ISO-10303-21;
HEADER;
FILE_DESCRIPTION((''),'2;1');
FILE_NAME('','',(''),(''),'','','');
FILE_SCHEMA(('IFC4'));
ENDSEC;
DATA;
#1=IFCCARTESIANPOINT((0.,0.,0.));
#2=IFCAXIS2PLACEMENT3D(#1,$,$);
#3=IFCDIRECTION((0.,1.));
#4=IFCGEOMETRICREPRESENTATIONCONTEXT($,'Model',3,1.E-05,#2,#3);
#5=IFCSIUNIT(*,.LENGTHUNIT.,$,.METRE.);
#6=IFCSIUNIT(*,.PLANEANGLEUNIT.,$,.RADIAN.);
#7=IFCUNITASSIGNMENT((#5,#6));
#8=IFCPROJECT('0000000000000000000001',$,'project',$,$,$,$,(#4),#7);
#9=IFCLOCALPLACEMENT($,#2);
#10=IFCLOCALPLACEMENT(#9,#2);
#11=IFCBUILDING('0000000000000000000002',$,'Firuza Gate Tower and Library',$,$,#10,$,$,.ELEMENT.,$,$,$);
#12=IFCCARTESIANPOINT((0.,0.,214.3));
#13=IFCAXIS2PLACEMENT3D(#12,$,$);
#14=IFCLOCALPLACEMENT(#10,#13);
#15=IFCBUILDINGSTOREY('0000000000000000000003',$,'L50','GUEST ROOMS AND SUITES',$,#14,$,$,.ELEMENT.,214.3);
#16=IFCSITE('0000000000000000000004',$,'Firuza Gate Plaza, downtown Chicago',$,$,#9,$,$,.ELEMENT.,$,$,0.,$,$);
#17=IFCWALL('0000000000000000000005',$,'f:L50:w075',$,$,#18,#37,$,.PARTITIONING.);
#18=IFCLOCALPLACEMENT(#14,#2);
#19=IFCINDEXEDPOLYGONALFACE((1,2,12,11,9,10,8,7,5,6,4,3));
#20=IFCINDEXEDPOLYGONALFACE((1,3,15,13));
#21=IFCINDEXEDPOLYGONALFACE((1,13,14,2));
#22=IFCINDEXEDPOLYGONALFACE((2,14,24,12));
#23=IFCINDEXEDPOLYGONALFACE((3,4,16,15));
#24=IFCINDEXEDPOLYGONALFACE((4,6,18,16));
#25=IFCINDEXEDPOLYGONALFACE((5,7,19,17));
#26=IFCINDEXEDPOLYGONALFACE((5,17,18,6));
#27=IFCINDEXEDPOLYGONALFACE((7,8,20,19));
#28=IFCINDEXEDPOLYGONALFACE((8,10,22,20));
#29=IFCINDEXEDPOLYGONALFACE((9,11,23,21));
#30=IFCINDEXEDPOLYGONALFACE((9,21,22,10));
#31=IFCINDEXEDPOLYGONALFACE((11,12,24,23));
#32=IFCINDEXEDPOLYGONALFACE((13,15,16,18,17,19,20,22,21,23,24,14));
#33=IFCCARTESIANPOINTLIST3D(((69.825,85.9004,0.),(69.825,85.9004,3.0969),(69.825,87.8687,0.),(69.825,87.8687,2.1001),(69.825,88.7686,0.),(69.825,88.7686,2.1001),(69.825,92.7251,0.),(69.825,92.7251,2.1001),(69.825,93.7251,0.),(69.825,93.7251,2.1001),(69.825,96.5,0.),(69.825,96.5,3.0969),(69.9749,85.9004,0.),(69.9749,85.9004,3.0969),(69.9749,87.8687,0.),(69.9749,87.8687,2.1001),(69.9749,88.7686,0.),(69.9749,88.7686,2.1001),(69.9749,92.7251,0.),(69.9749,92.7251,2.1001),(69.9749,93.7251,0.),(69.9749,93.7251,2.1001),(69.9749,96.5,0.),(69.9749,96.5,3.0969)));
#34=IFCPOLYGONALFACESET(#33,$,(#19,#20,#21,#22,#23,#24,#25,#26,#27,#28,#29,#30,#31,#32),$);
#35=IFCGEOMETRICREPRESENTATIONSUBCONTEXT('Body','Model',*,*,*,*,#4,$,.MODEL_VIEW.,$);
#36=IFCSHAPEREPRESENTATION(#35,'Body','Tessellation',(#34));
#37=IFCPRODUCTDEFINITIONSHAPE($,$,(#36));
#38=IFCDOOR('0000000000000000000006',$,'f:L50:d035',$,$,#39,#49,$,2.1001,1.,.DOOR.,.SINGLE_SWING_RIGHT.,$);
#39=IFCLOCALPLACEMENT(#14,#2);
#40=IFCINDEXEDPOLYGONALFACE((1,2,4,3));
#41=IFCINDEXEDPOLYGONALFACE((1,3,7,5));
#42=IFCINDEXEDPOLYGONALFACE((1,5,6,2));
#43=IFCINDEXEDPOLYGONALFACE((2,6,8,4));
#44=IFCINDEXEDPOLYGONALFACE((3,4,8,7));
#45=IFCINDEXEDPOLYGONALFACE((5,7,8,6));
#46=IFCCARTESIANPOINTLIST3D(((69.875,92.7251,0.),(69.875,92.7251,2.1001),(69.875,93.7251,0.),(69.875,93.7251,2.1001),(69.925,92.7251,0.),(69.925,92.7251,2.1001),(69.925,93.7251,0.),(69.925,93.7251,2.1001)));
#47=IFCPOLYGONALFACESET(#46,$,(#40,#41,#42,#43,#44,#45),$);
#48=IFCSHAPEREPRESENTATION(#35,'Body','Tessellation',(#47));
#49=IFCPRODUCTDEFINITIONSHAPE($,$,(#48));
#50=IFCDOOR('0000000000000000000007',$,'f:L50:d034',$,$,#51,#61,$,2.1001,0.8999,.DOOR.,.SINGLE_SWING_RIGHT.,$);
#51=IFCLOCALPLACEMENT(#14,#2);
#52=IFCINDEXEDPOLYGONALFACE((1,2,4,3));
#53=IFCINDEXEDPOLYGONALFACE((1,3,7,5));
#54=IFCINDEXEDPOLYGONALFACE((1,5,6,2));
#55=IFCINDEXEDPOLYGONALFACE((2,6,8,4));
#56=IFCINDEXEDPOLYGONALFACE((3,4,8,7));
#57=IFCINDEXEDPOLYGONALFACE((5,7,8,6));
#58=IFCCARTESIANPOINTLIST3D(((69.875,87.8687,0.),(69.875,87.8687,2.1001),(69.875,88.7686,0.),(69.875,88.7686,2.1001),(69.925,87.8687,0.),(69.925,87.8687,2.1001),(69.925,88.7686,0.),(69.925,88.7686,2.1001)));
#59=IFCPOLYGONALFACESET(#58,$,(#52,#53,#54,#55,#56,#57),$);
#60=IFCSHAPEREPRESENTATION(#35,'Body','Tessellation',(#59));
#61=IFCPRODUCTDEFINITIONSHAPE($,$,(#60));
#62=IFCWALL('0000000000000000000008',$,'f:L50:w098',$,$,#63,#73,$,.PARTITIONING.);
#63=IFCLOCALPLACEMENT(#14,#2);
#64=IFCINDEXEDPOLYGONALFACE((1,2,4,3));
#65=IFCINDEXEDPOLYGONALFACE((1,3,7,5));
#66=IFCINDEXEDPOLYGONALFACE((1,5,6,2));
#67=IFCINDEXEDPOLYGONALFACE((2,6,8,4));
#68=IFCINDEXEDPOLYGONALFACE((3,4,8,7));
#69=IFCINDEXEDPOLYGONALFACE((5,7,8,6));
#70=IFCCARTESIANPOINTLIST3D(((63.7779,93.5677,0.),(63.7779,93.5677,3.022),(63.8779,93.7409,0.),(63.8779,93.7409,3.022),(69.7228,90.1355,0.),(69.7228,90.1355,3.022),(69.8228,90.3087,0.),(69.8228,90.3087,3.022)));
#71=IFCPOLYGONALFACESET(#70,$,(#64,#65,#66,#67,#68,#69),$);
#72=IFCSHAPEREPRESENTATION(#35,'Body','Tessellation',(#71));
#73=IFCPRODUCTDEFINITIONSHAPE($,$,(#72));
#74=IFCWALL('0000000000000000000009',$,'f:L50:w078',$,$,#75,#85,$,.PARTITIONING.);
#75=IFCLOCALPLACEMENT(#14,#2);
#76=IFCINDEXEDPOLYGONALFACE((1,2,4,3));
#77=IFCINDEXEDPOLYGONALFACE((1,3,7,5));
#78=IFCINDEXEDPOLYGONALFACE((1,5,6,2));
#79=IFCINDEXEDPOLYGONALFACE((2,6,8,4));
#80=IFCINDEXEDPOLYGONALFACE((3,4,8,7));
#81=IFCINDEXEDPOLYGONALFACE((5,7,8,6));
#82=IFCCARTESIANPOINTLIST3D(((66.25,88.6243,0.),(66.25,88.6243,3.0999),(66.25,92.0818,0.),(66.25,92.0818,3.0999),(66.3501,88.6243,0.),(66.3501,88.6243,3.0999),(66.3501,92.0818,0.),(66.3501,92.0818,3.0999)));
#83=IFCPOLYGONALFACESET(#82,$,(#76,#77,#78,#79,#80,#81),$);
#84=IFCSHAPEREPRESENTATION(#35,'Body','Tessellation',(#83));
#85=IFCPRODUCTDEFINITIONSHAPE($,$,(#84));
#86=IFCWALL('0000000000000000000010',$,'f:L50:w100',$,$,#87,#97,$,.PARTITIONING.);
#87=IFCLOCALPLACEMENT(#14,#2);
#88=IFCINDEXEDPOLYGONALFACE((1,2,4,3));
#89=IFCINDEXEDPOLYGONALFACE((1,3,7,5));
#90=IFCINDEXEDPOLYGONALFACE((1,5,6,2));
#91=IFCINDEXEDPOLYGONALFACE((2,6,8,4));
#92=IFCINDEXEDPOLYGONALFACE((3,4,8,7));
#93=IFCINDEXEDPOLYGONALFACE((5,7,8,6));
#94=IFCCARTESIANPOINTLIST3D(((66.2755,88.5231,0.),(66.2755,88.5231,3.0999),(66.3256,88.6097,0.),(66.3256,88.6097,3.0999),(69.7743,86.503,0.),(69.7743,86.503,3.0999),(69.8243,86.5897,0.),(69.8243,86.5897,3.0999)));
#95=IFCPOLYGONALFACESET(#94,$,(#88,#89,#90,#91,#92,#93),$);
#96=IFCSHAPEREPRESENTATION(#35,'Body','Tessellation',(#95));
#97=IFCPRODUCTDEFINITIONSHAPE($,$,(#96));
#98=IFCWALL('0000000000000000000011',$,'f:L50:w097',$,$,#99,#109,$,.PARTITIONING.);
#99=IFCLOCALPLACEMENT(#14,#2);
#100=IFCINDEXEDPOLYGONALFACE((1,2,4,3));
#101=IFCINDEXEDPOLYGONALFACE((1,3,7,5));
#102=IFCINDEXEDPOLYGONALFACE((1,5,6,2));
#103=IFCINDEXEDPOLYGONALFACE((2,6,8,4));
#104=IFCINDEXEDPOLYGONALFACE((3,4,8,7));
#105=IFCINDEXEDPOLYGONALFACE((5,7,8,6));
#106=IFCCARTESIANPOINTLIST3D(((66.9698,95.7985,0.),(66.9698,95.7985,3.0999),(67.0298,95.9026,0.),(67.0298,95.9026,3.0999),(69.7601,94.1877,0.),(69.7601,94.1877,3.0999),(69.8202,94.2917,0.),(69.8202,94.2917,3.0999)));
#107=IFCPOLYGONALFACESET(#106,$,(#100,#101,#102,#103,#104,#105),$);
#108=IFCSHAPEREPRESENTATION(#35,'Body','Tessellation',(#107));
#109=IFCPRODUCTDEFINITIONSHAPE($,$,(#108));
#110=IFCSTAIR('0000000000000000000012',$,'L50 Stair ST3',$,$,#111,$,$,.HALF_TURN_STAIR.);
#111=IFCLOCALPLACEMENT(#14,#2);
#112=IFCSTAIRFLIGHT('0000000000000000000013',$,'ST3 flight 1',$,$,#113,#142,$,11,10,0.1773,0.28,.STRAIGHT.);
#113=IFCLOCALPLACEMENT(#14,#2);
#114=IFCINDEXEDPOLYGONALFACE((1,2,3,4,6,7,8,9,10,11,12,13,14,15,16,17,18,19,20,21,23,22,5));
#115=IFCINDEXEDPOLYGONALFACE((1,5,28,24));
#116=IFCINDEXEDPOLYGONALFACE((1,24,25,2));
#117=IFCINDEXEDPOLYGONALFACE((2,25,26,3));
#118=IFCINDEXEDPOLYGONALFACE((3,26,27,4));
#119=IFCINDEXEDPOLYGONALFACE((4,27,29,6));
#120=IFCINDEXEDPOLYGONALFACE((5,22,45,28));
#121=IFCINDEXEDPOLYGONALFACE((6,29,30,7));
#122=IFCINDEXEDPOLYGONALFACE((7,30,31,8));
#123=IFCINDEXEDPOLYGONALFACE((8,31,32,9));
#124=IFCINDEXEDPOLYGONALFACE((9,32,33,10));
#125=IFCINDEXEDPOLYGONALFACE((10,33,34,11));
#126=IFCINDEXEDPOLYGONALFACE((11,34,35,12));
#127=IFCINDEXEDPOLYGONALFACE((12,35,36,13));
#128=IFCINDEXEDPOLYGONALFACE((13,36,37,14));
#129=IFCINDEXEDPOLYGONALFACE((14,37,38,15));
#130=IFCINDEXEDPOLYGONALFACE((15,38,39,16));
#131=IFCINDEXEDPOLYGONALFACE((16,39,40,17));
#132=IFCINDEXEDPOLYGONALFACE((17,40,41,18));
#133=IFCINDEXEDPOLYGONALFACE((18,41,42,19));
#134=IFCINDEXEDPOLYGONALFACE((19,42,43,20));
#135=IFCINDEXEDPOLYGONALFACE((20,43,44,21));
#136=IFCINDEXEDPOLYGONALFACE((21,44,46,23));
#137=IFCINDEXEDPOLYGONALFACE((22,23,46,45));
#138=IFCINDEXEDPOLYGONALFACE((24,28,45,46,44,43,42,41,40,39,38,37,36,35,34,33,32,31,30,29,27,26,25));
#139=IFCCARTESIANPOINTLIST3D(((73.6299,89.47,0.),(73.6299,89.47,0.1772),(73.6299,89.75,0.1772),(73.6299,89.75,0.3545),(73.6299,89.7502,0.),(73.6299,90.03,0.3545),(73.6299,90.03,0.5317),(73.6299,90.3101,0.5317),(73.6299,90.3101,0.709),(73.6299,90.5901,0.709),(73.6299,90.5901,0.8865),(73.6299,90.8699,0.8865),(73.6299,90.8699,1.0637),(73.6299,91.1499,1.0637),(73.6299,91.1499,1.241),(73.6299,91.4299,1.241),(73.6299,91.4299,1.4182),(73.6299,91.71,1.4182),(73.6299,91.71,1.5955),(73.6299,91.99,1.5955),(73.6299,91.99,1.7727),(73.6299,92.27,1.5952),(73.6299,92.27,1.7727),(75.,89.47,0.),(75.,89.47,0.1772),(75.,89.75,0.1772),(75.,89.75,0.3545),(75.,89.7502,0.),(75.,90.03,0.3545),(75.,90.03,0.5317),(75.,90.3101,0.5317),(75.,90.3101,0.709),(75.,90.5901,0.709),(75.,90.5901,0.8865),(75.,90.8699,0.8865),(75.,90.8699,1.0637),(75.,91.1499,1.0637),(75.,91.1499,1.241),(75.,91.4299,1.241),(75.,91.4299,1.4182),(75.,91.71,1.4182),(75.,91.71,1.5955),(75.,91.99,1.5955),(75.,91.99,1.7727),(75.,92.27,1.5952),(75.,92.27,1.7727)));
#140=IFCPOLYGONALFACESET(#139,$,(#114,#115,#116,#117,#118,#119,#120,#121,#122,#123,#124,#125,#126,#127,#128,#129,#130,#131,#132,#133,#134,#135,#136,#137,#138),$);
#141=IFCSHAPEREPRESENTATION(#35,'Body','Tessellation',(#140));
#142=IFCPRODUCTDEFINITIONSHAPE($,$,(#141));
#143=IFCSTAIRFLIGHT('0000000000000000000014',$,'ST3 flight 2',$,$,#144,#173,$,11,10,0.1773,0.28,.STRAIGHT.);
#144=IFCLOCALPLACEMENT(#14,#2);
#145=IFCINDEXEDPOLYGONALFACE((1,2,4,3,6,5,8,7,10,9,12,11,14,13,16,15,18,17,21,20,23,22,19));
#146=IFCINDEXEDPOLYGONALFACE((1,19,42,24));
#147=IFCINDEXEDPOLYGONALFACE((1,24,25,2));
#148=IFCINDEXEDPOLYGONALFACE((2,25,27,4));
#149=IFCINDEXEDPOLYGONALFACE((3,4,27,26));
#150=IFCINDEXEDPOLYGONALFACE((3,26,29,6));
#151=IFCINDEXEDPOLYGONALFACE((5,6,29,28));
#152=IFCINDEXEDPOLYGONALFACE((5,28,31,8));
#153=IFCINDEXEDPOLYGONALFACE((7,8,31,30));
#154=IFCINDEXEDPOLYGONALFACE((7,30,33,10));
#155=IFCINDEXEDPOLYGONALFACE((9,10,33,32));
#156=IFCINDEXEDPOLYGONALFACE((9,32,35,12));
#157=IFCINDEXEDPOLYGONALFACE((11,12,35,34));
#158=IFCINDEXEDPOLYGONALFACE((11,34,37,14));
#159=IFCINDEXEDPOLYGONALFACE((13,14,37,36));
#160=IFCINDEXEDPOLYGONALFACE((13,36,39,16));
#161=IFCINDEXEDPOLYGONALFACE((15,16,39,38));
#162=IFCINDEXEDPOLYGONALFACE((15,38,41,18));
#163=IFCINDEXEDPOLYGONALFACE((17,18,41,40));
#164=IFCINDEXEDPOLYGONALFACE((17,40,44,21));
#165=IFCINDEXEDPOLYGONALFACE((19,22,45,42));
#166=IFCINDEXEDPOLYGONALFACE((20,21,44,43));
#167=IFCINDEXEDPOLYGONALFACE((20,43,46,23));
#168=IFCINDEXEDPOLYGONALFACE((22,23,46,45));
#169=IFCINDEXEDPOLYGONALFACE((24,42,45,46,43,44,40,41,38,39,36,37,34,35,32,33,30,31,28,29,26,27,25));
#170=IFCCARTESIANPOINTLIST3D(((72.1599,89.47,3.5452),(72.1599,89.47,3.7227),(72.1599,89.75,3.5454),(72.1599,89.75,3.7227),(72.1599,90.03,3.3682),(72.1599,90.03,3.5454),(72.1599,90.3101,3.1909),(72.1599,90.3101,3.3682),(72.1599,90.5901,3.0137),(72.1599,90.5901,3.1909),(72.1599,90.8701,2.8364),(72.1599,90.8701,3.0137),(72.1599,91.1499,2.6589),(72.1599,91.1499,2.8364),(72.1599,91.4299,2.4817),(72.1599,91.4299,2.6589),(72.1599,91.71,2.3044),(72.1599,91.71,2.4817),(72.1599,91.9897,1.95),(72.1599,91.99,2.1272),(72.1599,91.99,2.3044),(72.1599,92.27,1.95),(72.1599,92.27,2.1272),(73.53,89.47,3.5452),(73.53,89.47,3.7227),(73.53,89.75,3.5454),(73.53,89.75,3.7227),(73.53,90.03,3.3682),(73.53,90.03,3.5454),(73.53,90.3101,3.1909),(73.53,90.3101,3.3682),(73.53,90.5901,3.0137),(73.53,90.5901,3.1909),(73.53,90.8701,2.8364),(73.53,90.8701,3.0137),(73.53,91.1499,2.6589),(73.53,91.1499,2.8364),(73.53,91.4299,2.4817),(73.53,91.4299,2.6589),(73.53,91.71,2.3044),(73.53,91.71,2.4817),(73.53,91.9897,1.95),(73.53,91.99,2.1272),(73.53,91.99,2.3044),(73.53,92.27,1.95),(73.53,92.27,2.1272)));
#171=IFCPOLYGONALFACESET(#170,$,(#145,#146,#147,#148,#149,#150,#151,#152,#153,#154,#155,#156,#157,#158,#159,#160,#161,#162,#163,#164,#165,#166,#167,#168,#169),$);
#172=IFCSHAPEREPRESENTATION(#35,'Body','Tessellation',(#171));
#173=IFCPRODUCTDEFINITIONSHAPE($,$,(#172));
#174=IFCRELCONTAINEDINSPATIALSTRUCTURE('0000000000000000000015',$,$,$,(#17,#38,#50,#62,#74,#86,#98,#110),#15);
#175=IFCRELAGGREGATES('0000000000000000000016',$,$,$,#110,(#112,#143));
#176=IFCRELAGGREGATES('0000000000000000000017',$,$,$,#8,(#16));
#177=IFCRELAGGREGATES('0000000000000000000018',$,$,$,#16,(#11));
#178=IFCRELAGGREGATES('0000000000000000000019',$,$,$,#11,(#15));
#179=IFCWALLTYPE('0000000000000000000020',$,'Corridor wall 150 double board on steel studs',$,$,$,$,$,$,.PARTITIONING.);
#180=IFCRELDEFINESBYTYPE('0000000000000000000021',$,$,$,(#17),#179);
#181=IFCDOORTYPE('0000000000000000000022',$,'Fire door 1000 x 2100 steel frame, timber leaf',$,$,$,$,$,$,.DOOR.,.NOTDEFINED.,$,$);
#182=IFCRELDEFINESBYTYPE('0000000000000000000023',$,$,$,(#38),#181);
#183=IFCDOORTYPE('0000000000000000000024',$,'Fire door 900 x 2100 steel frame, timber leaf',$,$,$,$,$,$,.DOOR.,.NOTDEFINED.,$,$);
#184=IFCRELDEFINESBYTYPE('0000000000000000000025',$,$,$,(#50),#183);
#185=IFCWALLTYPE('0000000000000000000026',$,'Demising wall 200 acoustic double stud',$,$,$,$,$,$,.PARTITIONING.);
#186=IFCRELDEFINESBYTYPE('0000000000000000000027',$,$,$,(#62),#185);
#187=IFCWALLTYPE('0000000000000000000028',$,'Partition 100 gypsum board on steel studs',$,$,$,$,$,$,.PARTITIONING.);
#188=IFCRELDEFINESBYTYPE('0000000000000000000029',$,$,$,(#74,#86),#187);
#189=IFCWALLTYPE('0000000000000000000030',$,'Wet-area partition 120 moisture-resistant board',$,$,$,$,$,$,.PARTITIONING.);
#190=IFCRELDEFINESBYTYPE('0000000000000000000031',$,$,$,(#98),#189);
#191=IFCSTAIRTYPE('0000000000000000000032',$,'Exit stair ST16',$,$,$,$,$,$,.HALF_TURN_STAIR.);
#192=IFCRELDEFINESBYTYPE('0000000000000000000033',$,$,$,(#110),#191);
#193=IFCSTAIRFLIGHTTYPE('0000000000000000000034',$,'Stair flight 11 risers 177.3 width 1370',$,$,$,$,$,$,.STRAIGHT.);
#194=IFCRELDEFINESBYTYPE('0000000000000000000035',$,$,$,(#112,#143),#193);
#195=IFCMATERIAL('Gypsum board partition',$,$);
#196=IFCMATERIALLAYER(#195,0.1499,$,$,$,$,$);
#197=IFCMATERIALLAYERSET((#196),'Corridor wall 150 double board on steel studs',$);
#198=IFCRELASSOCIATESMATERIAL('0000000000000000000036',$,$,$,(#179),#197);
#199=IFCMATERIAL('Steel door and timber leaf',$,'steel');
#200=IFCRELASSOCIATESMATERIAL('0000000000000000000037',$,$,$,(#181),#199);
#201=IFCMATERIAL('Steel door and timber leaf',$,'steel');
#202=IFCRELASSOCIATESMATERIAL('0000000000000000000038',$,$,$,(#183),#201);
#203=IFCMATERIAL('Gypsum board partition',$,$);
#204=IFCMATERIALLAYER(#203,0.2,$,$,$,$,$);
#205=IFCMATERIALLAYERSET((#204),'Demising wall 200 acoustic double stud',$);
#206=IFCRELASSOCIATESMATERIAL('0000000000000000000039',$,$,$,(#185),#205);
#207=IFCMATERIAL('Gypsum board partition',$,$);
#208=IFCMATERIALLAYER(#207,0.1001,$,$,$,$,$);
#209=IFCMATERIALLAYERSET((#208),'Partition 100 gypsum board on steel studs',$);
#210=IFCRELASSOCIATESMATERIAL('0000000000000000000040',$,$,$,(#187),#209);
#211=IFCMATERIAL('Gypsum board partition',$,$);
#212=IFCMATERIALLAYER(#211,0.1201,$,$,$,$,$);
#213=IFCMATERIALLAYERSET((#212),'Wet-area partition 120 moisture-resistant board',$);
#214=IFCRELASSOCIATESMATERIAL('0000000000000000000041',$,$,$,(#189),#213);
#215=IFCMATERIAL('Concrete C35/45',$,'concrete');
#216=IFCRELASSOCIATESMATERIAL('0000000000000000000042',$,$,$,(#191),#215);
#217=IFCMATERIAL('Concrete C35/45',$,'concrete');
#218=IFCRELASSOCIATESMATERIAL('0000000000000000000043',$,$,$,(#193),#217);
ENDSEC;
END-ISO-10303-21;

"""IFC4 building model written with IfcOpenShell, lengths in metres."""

from ifc_helpers import new_model, si_unit, direction, frame, frame_2d, origin, place, context, subcontext, project, spatial, polyline, rectangle, outline, extrude, material, layer, layer_set, type_object, element, fill, aggregate, save


model = new_model("IFC4")

# Units and contexts
model_context = context("Model", 3, precision=1e-05, world=origin(), true_north=direction((0.0, 1.0)))
body_context = subcontext(model_context, "Body", "Model", "MODEL_VIEW")
ifc_project = project(units=[si_unit("LENGTHUNIT", "METRE"), si_unit("PLANEANGLEUNIT", "RADIAN")], contexts=[model_context])

# Site, building, storey
site_placement = place(None, origin())
site = spatial("IfcSite", under=ifc_project, at=site_placement, Name="Firuza Gate Plaza, downtown Chicago", CompositionType="ELEMENT", RefElevation=0.0)
building_placement = place(site_placement, origin())
building = spatial("IfcBuilding", under=site, at=building_placement, Name="Firuza Gate Tower and Library", CompositionType="ELEMENT")
storey_placement = place(building_placement, frame((0.0, 0.0, 214.3)))
storey = spatial("IfcBuildingStorey", under=building, at=storey_placement, Name="L50", Description="GUEST ROOMS AND SUITES", CompositionType="ELEMENT", Elevation=214.3)

# Wall, openings, doors
ifc_material_1 = material(Name="Gypsum board partition")
ifc_layer_1 = layer(ifc_material_1, 0.1499)
ifc_layer_set_1 = layer_set([ifc_layer_1], Name="Corridor wall 150 double board on steel studs")
wall_type_1 = type_object("IfcWallType", Name="Corridor wall 150 double board on steel studs", PredefinedType="PARTITIONING", material=ifc_layer_set_1)
wall_1_placement = place(storey_placement, frame((69.8999, 85.9004, 0.0), z_axis=(0.0, 0.0, 1.0), x_axis=(0.0, 1.0, 0.0)))
wall_1 = element("IfcWall", 1, at=wall_1_placement, inside=storey, type_object=wall_type_1, Name="f:L50:w075", PredefinedType="PARTITIONING", context=body_context, shape_type="SweptSolid", body=[
    extrude(rectangle(XDim=10.5996, YDim=0.1499, at=frame_2d((5.2998, 0.0))), origin(), (0.0, 0.0, 1.0), 3.0969),
])
opening_1_placement = place(wall_1_placement, frame((1.9683, 0.0, 0.0)))
opening_1 = element("IfcOpeningElement", 2, at=opening_1_placement, cuts=wall_1, PredefinedType="OPENING", context=body_context, shape_type="SweptSolid", body=[
    extrude(rectangle(XDim=0.8999, YDim=2.1001, at=frame_2d((0.45, 1.05))), frame((0.0, 0.085, 0.0), z_axis=(0.0, -1.0, 0.0), x_axis=(1.0, 0.0, 0.0)), (0.0, 0.0, 1.0), 0.1699),
])
opening_2_placement = place(wall_1_placement, frame((6.8247, 0.0, 0.0)))
opening_2 = element("IfcOpeningElement", 3, at=opening_2_placement, cuts=wall_1, PredefinedType="OPENING", context=body_context, shape_type="SweptSolid", body=[
    extrude(rectangle(XDim=1.0, YDim=2.1001, at=frame_2d((0.5, 1.05))), frame((0.0, 0.085, 0.0), z_axis=(0.0, -1.0, 0.0), x_axis=(1.0, 0.0, 0.0)), (0.0, 0.0, 1.0), 0.1699),
])
ifc_material_2 = material(Name="Steel door and timber leaf", Category="steel")
door_type_1 = type_object("IfcDoorType", Name="Fire door 1000 x 2100 steel frame, timber leaf", OperationType="NOTDEFINED", PredefinedType="DOOR", material=ifc_material_2)
door_1_placement = place(opening_2_placement, origin())
door_1 = element("IfcDoor", 4, at=door_1_placement, inside=storey, type_object=door_type_1, Name="f:L50:d035", OperationType="SINGLE_SWING_RIGHT", OverallHeight=2.1001, OverallWidth=1.0, PredefinedType="DOOR", context=body_context, shape_type="SweptSolid", body=[
    extrude(rectangle(XDim=1.0, YDim=2.1001, at=frame_2d((0.5, 1.05))), frame((0.0, 0.0249, 0.0), z_axis=(0.0, -1.0, 0.0), x_axis=(1.0, 0.0, 0.0)), (0.0, 0.0, 1.0), 0.05),
])
fill(opening_2, door_1)
ifc_material_3 = material(Name="Steel door and timber leaf", Category="steel")
door_type_2 = type_object("IfcDoorType", Name="Fire door 900 x 2100 steel frame, timber leaf", OperationType="NOTDEFINED", PredefinedType="DOOR", material=ifc_material_3)
door_2_placement = place(opening_1_placement, origin())
door_2 = element("IfcDoor", 5, at=door_2_placement, inside=storey, type_object=door_type_2, Name="f:L50:d034", OperationType="SINGLE_SWING_RIGHT", OverallHeight=2.1001, OverallWidth=0.8999, PredefinedType="DOOR", context=body_context, shape_type="SweptSolid", body=[
    extrude(rectangle(XDim=0.8999, YDim=2.1001, at=frame_2d((0.45, 1.05))), frame((0.0, 0.0249, 0.0), z_axis=(0.0, -1.0, 0.0), x_axis=(1.0, 0.0, 0.0)), (0.0, 0.0, 1.0), 0.05),
])
fill(opening_1, door_2)

# Walls
ifc_material_4 = material(Name="Gypsum board partition")
ifc_layer_2 = layer(ifc_material_4, 0.2)
ifc_layer_set_2 = layer_set([ifc_layer_2], Name="Demising wall 200 acoustic double stud")
wall_type_2 = type_object("IfcWallType", Name="Demising wall 200 acoustic double stud", PredefinedType="PARTITIONING", material=ifc_layer_set_2)
wall_2_placement = place(storey_placement, frame((69.7727, 90.2222, 0.0), z_axis=(0.0, 0.0, 1.0), x_axis=(-0.866033, 0.499987, 0.0)))
element("IfcWall", 6, at=wall_2_placement, inside=storey, type_object=wall_type_2, Name="f:L50:w098", PredefinedType="PARTITIONING", context=body_context, shape_type="SweptSolid", body=[
    extrude(rectangle(XDim=6.8645, YDim=0.2, at=frame_2d((3.4321, 0.0))), origin(), (0.0, 0.0, 1.0), 3.022),
])
ifc_material_5 = material(Name="Gypsum board partition")
ifc_layer_3 = layer(ifc_material_5, 0.1001)
ifc_layer_set_3 = layer_set([ifc_layer_3], Name="Partition 100 gypsum board on steel studs")
wall_type_3 = type_object("IfcWallType", Name="Partition 100 gypsum board on steel studs", PredefinedType="PARTITIONING", material=ifc_layer_set_3)
wall_3_placement = place(storey_placement, frame((66.3, 88.6243, 0.0), z_axis=(0.0, 0.0, 1.0), x_axis=(0.0, 1.0, 0.0)))
element("IfcWall", 7, at=wall_3_placement, inside=storey, type_object=wall_type_3, Name="f:L50:w078", PredefinedType="PARTITIONING", context=body_context, shape_type="SweptSolid", body=[
    extrude(rectangle(XDim=3.4575, YDim=0.1001, at=frame_2d((1.7288, 0.0))), origin(), (0.0, 0.0, 1.0), 3.0999),
])
wall_4_placement = place(storey_placement, frame((69.7993, 86.5464, 0.0), z_axis=(0.0, 0.0, 1.0), x_axis=(-0.866026, 0.5, 0.0)))
element("IfcWall", 8, at=wall_4_placement, inside=storey, type_object=wall_type_3, Name="f:L50:w100", PredefinedType="PARTITIONING", context=body_context, shape_type="SweptSolid", body=[
    extrude(rectangle(XDim=4.04, YDim=0.1001, at=frame_2d((2.02, 0.0))), origin(), (0.0, 0.0, 1.0), 3.0999),
])
ifc_material_6 = material(Name="Gypsum board partition")
ifc_layer_4 = layer(ifc_material_6, 0.1201)
ifc_layer_set_4 = layer_set([ifc_layer_4], Name="Wet-area partition 120 moisture-resistant board")
wall_type_4 = type_object("IfcWallType", Name="Wet-area partition 120 moisture-resistant board", PredefinedType="PARTITIONING", material=ifc_layer_set_4)
wall_5_placement = place(storey_placement, frame((69.79, 94.2397, 0.0), z_axis=(0.0, 0.0, 1.0), x_axis=(-0.866043, 0.49997, 0.0)))
element("IfcWall", 9, at=wall_5_placement, inside=storey, type_object=wall_type_4, Name="f:L50:w097", PredefinedType="PARTITIONING", context=body_context, shape_type="SweptSolid", body=[
    extrude(rectangle(XDim=3.2219, YDim=0.1201, at=frame_2d((1.6108, 0.0))), origin(), (0.0, 0.0, 1.0), 3.0999),
])

# Stair, stair flights
ifc_material_7 = material(Name="Concrete C35/45", Category="concrete")
stair_type = type_object("IfcStairType", Name="Exit stair ST16", PredefinedType="HALF_TURN_STAIR", material=ifc_material_7)
stair_placement = place(storey_placement, origin())
stair = element("IfcStair", 10, at=stair_placement, inside=storey, type_object=stair_type, Name="L50 Stair ST3", PredefinedType="HALF_TURN_STAIR")
ifc_material_8 = material(Name="Concrete C35/45", Category="concrete")
stair_flight_type = type_object("IfcStairFlightType", Name="Stair flight 11 risers 177.3 width 1370", PredefinedType="STRAIGHT", material=ifc_material_8)
stair_flight_1_placement = place(storey_placement, frame((74.3149, 89.47, 0.0), z_axis=(0.0, 0.0, 1.0), x_axis=(0.0, 1.0, 0.0)))
stair_flight_1 = element("IfcStairFlight", 11, at=stair_flight_1_placement, type_object=stair_flight_type, Name="ST3 flight 1", NumberOfRisers=11, NumberOfTreads=10, PredefinedType="STRAIGHT", RiserHeight=0.1773, TreadLength=0.28, context=body_context, shape_type="SweptSolid", body=[
    extrude(outline(polyline([(0.0, 0.0), (0.0, 0.1772), (0.28, 0.1772), (0.28, 0.3545), (0.5601, 0.3545), (0.5601, 0.5317), (0.8401, 0.5317), (0.8401, 0.709), (1.1201, 0.709), (1.1201, 0.8865), (1.3999, 0.8865), (1.3999, 1.0637), (1.6799, 1.0637), (1.6799, 1.241), (1.96, 1.241), (1.96, 1.4182), (2.24, 1.4182), (2.24, 1.5955), (2.52, 1.5955), (2.52, 1.7727), (2.8, 1.7727), (2.8, 1.95), (2.8, 1.5952), (0.2803, 0.0), (0.0, 0.0)])), frame((0.0, 0.6851, 0.0), z_axis=(0.0, -1.0, 0.0), x_axis=(1.0, 0.0, 0.0)), (0.0, 0.0, 1.0), 1.3701),
])
stair_flight_2_placement = place(storey_placement, frame((72.845, 92.27, 1.95), z_axis=(0.0, 0.0, 1.0), x_axis=(0.0, -1.0, 0.0)))
stair_flight_2 = element("IfcStairFlight", 12, at=stair_flight_2_placement, type_object=stair_flight_type, Name="ST3 flight 2", NumberOfRisers=11, NumberOfTreads=10, PredefinedType="STRAIGHT", RiserHeight=0.1773, TreadLength=0.28, context=body_context, shape_type="SweptSolid", body=[
    extrude(outline(polyline([(0.0, 0.0), (0.0, 0.1772), (0.28, 0.1772), (0.28, 0.3545), (0.5601, 0.3545), (0.5601, 0.5317), (0.8401, 0.5317), (0.8401, 0.709), (1.1201, 0.709), (1.1201, 0.8865), (1.3999, 0.8865), (1.3999, 1.0637), (1.6799, 1.0637), (1.6799, 1.241), (1.96, 1.241), (1.96, 1.4182), (2.24, 1.4182), (2.24, 1.5955), (2.52, 1.5955), (2.52, 1.7727), (2.8, 1.7727), (2.8, 1.95), (2.8, 1.5952), (0.2803, 0.0), (0.0, 0.0)])), frame((0.0, 0.6851, 0.0), z_axis=(0.0, -1.0, 0.0), x_axis=(1.0, 0.0, 0.0)), (0.0, 0.0, 1.0), 1.3701),
])
aggregate(stair, [stair_flight_1, stair_flight_2])

save(model, "model.ifc")
